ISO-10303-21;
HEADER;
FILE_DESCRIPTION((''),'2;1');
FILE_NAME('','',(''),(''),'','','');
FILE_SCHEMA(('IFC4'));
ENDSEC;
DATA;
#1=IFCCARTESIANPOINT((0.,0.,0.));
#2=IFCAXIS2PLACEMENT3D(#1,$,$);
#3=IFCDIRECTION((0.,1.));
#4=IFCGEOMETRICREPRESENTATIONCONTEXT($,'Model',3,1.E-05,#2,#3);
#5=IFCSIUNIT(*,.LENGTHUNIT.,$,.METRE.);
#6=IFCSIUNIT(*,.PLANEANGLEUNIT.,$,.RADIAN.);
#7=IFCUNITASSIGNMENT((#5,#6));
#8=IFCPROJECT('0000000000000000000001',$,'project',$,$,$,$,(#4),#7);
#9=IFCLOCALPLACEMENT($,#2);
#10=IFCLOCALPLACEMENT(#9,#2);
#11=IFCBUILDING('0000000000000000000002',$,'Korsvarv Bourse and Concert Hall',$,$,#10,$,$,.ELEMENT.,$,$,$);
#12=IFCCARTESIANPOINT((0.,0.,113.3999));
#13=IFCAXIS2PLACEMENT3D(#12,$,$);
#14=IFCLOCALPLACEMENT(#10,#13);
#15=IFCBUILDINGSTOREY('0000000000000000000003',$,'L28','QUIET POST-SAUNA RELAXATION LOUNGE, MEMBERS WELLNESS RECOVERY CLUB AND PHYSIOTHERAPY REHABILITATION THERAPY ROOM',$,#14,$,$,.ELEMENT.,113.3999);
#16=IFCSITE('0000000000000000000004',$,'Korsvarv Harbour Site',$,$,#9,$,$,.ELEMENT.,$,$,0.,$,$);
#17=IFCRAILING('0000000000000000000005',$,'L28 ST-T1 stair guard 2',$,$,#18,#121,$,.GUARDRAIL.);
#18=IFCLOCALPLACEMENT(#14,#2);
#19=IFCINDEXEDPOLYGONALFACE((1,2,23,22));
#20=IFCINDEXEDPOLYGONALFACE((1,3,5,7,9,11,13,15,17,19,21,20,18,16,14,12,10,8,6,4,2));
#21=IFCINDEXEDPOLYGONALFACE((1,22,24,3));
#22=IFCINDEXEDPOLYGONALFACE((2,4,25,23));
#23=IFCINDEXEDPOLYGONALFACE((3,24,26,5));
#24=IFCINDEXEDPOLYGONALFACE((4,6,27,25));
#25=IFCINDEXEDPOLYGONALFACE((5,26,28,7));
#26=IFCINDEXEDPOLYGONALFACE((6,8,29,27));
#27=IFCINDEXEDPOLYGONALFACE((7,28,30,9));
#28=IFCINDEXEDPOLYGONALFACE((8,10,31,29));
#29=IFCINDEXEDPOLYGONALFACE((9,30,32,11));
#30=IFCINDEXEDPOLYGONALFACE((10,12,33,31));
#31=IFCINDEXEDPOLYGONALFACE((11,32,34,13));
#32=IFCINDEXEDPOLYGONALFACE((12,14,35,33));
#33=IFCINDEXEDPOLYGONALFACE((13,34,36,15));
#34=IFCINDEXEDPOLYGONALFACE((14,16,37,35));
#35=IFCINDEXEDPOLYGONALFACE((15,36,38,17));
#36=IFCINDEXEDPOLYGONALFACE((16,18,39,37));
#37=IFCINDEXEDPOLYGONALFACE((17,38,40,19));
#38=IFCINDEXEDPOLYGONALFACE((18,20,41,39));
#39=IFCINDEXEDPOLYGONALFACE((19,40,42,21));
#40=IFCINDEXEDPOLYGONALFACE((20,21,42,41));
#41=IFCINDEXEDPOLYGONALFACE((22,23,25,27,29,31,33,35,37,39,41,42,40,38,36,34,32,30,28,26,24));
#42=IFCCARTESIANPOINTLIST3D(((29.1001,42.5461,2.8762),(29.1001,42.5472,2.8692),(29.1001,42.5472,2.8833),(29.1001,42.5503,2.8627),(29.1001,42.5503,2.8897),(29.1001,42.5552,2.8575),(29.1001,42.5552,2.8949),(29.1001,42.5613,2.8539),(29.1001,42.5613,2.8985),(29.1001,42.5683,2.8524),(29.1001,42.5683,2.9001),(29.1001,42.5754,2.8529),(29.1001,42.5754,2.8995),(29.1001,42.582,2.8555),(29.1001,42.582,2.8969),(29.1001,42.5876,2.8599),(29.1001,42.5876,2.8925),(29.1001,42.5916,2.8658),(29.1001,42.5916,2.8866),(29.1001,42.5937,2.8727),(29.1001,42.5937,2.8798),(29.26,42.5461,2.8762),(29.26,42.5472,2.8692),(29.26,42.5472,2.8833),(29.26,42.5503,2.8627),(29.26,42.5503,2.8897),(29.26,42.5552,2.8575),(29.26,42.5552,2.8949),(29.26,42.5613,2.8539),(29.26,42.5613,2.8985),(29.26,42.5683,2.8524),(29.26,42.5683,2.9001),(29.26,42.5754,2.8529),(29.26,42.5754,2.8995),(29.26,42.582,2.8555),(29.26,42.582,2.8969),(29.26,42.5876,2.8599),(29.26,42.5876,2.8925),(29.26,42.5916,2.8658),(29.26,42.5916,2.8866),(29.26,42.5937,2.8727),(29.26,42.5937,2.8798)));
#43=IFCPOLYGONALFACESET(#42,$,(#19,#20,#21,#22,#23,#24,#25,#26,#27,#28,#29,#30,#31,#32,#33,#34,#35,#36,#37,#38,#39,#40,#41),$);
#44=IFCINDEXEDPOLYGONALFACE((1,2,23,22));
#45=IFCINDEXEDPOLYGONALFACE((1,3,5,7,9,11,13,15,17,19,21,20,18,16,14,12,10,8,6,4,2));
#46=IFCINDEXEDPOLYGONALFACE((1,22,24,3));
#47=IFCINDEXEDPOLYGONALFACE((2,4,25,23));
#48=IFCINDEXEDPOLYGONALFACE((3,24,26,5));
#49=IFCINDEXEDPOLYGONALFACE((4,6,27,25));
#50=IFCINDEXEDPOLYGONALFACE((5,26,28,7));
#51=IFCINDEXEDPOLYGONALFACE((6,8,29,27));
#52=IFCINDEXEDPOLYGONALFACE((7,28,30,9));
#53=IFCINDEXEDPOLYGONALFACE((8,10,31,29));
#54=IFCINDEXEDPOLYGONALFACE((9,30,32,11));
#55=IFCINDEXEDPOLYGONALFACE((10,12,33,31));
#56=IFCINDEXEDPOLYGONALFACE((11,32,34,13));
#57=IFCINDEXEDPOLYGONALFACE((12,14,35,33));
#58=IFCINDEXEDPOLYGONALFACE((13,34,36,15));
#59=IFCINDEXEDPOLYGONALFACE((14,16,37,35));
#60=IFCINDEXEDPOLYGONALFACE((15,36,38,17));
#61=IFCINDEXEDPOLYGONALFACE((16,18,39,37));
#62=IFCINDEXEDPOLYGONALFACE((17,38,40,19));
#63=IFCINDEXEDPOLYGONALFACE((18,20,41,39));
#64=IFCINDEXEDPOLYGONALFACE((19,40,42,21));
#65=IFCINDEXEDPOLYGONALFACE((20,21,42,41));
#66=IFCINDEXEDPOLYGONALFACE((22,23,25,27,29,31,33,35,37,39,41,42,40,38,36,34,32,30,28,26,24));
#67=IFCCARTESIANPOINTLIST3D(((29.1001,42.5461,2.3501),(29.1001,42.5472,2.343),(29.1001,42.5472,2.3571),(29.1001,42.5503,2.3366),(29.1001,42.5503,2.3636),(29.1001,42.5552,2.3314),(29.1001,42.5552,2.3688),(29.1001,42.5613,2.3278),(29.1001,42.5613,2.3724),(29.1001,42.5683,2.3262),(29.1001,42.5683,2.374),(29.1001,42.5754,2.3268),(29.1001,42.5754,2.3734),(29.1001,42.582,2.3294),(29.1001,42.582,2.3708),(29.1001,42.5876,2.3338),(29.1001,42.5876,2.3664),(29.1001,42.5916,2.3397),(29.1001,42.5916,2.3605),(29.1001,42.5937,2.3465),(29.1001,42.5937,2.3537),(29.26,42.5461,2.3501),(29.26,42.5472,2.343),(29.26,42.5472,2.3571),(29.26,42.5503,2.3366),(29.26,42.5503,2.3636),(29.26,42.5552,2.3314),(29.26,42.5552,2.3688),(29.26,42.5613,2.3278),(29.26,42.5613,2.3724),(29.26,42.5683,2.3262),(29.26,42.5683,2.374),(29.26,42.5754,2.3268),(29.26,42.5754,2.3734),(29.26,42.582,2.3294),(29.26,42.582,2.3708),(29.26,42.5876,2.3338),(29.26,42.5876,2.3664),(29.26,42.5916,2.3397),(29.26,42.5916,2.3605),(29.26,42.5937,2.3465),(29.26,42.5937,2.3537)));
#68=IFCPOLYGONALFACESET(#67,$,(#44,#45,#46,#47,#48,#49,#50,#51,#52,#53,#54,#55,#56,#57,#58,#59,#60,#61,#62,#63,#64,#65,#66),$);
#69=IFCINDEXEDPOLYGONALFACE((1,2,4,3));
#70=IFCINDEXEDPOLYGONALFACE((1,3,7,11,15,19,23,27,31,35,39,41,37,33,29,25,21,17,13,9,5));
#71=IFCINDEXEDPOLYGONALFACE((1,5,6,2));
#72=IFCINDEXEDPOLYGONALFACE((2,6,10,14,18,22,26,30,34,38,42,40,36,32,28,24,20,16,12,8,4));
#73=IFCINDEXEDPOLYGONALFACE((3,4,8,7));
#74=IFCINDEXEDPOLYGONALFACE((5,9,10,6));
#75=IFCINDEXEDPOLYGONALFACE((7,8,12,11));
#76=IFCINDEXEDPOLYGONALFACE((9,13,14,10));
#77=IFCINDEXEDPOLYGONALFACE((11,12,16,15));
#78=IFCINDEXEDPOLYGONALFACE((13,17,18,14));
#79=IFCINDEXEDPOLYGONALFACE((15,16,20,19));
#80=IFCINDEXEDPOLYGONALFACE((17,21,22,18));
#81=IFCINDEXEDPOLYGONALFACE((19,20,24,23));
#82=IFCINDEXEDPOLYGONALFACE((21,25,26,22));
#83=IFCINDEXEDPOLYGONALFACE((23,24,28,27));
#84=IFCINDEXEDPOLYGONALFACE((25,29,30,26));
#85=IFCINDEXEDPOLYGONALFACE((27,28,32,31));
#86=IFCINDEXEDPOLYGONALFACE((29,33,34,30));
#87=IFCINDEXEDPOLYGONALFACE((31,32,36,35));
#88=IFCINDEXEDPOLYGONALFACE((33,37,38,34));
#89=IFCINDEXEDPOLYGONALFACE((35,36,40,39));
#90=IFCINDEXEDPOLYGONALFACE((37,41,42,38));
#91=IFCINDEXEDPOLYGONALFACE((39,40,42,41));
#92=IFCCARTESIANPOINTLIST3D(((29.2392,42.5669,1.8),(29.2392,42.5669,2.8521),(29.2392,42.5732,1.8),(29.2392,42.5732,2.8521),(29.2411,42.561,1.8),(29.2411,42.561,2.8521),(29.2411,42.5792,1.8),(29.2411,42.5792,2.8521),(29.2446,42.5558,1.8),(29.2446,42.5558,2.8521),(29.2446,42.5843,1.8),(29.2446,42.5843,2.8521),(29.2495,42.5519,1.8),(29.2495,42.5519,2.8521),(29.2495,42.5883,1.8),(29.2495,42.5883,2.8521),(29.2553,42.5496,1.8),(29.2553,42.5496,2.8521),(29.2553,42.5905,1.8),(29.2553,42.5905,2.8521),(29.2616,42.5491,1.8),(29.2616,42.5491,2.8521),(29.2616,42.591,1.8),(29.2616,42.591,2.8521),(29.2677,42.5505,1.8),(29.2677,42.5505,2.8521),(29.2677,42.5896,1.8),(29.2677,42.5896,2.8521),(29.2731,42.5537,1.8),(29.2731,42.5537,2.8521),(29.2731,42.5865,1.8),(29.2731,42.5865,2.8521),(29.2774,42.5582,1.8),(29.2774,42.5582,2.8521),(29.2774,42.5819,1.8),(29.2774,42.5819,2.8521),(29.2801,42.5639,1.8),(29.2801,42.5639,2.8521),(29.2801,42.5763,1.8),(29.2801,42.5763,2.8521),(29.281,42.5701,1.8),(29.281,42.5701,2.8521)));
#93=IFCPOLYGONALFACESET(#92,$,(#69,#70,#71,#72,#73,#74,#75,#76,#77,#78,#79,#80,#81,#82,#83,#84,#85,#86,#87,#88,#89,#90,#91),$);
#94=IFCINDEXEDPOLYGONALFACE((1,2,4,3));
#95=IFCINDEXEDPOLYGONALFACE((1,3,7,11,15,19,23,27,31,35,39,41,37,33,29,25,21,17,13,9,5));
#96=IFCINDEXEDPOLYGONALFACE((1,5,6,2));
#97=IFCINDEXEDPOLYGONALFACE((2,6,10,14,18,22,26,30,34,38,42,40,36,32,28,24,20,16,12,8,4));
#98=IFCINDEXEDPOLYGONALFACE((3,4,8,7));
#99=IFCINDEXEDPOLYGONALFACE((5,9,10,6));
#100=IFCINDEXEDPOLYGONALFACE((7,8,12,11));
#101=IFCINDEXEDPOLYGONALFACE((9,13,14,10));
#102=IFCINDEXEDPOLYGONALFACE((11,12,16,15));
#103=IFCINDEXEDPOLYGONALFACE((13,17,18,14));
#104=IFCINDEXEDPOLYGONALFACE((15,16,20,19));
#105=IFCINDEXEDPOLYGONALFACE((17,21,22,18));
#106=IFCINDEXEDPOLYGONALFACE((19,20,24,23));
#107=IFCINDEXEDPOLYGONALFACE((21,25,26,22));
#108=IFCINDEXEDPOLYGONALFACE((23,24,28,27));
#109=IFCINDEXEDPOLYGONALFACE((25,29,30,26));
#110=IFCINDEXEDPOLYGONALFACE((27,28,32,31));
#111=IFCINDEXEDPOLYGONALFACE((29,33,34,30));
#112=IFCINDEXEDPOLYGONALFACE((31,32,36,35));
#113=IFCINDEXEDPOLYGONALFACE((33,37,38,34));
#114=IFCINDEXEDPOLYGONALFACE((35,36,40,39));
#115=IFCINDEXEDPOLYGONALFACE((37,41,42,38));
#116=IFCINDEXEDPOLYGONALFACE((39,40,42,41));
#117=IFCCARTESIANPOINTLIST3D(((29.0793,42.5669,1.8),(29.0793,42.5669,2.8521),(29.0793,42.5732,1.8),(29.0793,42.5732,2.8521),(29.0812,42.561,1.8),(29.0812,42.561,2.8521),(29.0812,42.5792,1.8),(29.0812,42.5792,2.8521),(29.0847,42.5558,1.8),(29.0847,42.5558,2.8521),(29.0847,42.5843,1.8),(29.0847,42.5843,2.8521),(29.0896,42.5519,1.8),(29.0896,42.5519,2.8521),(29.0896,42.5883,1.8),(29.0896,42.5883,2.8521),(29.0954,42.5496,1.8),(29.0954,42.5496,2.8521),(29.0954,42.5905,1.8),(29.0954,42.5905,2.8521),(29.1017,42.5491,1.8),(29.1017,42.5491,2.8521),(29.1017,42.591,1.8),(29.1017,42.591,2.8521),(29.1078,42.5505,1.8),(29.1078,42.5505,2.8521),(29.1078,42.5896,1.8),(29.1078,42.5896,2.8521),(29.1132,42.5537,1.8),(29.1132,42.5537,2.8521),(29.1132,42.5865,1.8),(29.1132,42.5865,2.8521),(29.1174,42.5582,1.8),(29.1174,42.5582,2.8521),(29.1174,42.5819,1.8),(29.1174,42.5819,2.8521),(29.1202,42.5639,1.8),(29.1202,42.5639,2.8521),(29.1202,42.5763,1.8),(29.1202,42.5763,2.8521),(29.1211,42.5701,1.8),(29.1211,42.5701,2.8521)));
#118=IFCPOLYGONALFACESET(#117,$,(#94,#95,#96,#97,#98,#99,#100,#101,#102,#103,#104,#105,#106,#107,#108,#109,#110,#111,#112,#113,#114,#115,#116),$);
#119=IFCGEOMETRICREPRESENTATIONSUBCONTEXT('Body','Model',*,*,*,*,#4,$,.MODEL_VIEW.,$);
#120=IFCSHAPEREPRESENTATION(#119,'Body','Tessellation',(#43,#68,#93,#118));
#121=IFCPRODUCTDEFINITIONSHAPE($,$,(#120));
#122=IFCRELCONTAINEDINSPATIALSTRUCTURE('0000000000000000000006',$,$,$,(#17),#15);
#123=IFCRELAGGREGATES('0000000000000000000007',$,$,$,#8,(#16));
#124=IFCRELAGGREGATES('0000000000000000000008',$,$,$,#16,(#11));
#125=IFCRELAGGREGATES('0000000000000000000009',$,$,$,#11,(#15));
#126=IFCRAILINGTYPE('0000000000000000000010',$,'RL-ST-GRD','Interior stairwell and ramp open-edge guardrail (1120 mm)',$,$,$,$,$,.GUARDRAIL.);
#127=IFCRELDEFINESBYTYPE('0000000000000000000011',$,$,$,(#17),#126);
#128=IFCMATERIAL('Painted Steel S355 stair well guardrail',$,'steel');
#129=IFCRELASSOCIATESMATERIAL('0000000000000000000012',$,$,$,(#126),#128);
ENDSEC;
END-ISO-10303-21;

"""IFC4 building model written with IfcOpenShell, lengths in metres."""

from ifc_helpers import new_model, si_unit, direction, frame, origin, origin_2d, place, context, subcontext, project, spatial, circle, extrude, material, type_object, element, save


model = new_model("IFC4")

# Units and contexts
model_context = context("Model", 3, precision=1e-05, world=origin(), true_north=direction((0.0, 1.0)))
body_context = subcontext(model_context, "Body", "Model", "MODEL_VIEW")
ifc_project = project(units=[si_unit("LENGTHUNIT", "METRE"), si_unit("PLANEANGLEUNIT", "RADIAN")], contexts=[model_context])

# Site, building, storey
site_placement = place(None, origin())
site = spatial("IfcSite", under=ifc_project, at=site_placement, Name="Korsvarv Harbour Site", CompositionType="ELEMENT", RefElevation=0.0)
building_placement = place(site_placement, origin())
building = spatial("IfcBuilding", under=site, at=building_placement, Name="Korsvarv Bourse and Concert Hall", CompositionType="ELEMENT")
storey_placement = place(building_placement, frame((0.0, 0.0, 113.3999)))
storey = spatial("IfcBuildingStorey", under=building, at=storey_placement, Name="L28", Description="QUIET POST-SAUNA RELAXATION LOUNGE, MEMBERS WELLNESS RECOVERY CLUB AND PHYSIOTHERAPY REHABILITATION THERAPY ROOM", CompositionType="ELEMENT", Elevation=113.3999)

# Railing
ifc_material_1 = material(Name="Painted Steel S355 stair well guardrail", Category="steel")
railing_type_1 = type_object("IfcRailingType", Name="RL-ST-GRD", Description="Interior stairwell and ramp open-edge guardrail (1120 mm)", PredefinedType="GUARDRAIL", material=ifc_material_1)
railing_1_placement = place(storey_placement, frame((29.26, 42.5701, 1.8)))
element("IfcRailing", 1, at=railing_1_placement, inside=storey, type_object=railing_type_1, Name="L28 ST-T1 stair guard 2", PredefinedType="GUARDRAIL", context=body_context, shape_type="SweptSolid", body=[
    extrude(circle(Radius=0.0239, at=origin_2d()), frame((0.0, 0.0, 1.0762), z_axis=(-1.0, 0.0, 0.0), x_axis=(0.0, -1.0, 0.0)), (0.0, 0.0, 1.0), 0.1599),
    extrude(circle(Radius=0.0239, at=origin_2d()), frame((0.0, 0.0, 0.55), z_axis=(-1.0, 0.0, 0.0), x_axis=(0.0, -1.0, 0.0)), (0.0, 0.0, 1.0), 0.1599),
    extrude(circle(Radius=0.021, at=origin_2d()), origin(), (0.0, 0.0, 1.0), 1.052),
    extrude(circle(Radius=0.021, at=origin_2d()), frame((-0.1599, 0.0, 0.0)), (0.0, 0.0, 1.0), 1.052),
])

save(model, "model.ifc")
